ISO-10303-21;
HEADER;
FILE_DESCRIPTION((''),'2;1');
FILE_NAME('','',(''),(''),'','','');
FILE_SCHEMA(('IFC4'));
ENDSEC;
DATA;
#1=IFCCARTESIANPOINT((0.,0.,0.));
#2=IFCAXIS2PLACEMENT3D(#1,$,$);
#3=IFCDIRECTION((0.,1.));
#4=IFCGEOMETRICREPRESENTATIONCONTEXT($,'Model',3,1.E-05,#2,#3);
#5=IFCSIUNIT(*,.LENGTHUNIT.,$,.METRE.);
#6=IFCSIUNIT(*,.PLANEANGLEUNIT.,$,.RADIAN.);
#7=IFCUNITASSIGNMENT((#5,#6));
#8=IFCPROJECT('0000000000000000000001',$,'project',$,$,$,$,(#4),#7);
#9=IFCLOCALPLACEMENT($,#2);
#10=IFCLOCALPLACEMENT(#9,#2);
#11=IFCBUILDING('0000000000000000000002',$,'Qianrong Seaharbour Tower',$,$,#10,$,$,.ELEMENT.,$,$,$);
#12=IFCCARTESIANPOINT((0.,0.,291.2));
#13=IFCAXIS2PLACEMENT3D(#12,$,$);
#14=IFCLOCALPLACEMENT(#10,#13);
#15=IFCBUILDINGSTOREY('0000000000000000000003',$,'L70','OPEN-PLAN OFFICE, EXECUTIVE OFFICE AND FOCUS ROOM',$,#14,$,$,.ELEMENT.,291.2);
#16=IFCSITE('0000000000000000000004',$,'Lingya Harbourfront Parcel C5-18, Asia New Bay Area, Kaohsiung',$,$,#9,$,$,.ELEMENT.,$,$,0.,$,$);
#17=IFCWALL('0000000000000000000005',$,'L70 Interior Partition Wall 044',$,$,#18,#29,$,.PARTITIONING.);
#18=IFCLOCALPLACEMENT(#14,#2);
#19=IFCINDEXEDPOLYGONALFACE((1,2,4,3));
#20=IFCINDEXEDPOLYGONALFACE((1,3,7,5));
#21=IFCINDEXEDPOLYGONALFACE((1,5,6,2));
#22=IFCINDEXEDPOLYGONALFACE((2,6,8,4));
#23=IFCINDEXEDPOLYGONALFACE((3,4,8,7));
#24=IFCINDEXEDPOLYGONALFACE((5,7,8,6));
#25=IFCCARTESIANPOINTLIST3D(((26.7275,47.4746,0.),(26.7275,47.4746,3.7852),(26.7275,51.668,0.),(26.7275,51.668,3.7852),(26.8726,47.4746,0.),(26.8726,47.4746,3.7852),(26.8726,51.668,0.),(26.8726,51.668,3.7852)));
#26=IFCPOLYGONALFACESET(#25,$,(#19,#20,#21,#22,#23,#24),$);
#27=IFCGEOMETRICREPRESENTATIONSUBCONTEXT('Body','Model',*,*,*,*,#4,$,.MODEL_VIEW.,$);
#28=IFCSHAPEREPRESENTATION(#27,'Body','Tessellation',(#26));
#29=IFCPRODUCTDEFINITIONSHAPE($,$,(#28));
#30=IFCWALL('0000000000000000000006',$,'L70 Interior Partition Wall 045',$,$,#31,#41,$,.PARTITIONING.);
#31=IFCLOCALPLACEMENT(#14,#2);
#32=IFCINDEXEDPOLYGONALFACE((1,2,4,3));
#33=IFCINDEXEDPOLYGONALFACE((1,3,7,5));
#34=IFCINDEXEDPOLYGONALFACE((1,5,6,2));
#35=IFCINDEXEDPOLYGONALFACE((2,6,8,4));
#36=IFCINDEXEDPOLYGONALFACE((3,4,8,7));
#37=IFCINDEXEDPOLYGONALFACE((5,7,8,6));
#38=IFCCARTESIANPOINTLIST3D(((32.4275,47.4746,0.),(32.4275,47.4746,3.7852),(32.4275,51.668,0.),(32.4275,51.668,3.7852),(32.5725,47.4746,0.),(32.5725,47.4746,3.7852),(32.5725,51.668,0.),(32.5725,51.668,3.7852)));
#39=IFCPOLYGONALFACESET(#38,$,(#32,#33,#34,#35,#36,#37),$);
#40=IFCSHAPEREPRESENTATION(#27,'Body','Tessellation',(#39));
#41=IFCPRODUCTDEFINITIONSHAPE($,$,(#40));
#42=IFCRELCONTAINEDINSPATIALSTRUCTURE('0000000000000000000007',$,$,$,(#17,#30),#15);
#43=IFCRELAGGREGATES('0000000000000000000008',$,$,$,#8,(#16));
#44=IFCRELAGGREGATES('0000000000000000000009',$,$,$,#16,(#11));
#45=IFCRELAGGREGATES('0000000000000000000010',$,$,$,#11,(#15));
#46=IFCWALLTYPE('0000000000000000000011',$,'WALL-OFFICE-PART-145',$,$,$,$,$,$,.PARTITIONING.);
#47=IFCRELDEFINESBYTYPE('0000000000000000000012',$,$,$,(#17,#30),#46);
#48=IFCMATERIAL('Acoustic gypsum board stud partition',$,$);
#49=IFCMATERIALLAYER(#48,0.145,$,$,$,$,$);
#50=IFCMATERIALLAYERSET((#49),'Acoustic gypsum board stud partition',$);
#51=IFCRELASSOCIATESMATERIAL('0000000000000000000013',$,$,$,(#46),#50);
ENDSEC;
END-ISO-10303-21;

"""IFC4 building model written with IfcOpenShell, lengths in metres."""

from ifc_helpers import new_model, si_unit, direction, frame, frame_2d, origin, place, context, subcontext, project, spatial, rectangle, extrude, material, layer, layer_set, type_object, element, save


model = new_model("IFC4")

# Units and contexts
model_context = context("Model", 3, precision=1e-05, world=origin(), true_north=direction((0.0, 1.0)))
body_context = subcontext(model_context, "Body", "Model", "MODEL_VIEW")
ifc_project = project(units=[si_unit("LENGTHUNIT", "METRE"), si_unit("PLANEANGLEUNIT", "RADIAN")], contexts=[model_context])

# Site, building, storey
site_placement = place(None, origin())
site = spatial("IfcSite", under=ifc_project, at=site_placement, Name="Lingya Harbourfront Parcel C5-18, Asia New Bay Area, Kaohsiung", CompositionType="ELEMENT", RefElevation=0.0)
building_placement = place(site_placement, origin())
building = spatial("IfcBuilding", under=site, at=building_placement, Name="Qianrong Seaharbour Tower", CompositionType="ELEMENT")
storey_placement = place(building_placement, frame((0.0, 0.0, 291.2)))
storey = spatial("IfcBuildingStorey", under=building, at=storey_placement, Name="L70", Description="OPEN-PLAN OFFICE, EXECUTIVE OFFICE AND FOCUS ROOM", CompositionType="ELEMENT", Elevation=291.2)

# Walls
ifc_material_1 = material(Name="Acoustic gypsum board stud partition")
ifc_layer_1 = layer(ifc_material_1, 0.145)
ifc_layer_set_1 = layer_set([ifc_layer_1], Name="Acoustic gypsum board stud partition")
wall_type_1 = type_object("IfcWallType", Name="WALL-OFFICE-PART-145", PredefinedType="PARTITIONING", material=ifc_layer_set_1)
for number, where, z_axis, x_axis, name in (
    (1, (26.8, 51.668, 0.0), (0.0, 0.0, 1.0), (0.0, -1.0, 0.0), "L70 Interior Partition Wall 044"),
    (2, (32.5, 51.668, 0.0), (0.0, 0.0, 1.0), (0.0, -1.0, 0.0), "L70 Interior Partition Wall 045"),
):
    element("IfcWall", number, at=place(storey_placement, frame(where, z_axis=z_axis, x_axis=x_axis)), inside=storey, type_object=wall_type_1, Name=name, PredefinedType="PARTITIONING", context=body_context, shape_type="SweptSolid", body=[
        extrude(rectangle(XDim=4.1934, YDim=0.145, at=frame_2d((2.0967, 0.0))), origin(), (0.0, 0.0, 1.0), 3.7852),
    ])

save(model, "model.ifc")
